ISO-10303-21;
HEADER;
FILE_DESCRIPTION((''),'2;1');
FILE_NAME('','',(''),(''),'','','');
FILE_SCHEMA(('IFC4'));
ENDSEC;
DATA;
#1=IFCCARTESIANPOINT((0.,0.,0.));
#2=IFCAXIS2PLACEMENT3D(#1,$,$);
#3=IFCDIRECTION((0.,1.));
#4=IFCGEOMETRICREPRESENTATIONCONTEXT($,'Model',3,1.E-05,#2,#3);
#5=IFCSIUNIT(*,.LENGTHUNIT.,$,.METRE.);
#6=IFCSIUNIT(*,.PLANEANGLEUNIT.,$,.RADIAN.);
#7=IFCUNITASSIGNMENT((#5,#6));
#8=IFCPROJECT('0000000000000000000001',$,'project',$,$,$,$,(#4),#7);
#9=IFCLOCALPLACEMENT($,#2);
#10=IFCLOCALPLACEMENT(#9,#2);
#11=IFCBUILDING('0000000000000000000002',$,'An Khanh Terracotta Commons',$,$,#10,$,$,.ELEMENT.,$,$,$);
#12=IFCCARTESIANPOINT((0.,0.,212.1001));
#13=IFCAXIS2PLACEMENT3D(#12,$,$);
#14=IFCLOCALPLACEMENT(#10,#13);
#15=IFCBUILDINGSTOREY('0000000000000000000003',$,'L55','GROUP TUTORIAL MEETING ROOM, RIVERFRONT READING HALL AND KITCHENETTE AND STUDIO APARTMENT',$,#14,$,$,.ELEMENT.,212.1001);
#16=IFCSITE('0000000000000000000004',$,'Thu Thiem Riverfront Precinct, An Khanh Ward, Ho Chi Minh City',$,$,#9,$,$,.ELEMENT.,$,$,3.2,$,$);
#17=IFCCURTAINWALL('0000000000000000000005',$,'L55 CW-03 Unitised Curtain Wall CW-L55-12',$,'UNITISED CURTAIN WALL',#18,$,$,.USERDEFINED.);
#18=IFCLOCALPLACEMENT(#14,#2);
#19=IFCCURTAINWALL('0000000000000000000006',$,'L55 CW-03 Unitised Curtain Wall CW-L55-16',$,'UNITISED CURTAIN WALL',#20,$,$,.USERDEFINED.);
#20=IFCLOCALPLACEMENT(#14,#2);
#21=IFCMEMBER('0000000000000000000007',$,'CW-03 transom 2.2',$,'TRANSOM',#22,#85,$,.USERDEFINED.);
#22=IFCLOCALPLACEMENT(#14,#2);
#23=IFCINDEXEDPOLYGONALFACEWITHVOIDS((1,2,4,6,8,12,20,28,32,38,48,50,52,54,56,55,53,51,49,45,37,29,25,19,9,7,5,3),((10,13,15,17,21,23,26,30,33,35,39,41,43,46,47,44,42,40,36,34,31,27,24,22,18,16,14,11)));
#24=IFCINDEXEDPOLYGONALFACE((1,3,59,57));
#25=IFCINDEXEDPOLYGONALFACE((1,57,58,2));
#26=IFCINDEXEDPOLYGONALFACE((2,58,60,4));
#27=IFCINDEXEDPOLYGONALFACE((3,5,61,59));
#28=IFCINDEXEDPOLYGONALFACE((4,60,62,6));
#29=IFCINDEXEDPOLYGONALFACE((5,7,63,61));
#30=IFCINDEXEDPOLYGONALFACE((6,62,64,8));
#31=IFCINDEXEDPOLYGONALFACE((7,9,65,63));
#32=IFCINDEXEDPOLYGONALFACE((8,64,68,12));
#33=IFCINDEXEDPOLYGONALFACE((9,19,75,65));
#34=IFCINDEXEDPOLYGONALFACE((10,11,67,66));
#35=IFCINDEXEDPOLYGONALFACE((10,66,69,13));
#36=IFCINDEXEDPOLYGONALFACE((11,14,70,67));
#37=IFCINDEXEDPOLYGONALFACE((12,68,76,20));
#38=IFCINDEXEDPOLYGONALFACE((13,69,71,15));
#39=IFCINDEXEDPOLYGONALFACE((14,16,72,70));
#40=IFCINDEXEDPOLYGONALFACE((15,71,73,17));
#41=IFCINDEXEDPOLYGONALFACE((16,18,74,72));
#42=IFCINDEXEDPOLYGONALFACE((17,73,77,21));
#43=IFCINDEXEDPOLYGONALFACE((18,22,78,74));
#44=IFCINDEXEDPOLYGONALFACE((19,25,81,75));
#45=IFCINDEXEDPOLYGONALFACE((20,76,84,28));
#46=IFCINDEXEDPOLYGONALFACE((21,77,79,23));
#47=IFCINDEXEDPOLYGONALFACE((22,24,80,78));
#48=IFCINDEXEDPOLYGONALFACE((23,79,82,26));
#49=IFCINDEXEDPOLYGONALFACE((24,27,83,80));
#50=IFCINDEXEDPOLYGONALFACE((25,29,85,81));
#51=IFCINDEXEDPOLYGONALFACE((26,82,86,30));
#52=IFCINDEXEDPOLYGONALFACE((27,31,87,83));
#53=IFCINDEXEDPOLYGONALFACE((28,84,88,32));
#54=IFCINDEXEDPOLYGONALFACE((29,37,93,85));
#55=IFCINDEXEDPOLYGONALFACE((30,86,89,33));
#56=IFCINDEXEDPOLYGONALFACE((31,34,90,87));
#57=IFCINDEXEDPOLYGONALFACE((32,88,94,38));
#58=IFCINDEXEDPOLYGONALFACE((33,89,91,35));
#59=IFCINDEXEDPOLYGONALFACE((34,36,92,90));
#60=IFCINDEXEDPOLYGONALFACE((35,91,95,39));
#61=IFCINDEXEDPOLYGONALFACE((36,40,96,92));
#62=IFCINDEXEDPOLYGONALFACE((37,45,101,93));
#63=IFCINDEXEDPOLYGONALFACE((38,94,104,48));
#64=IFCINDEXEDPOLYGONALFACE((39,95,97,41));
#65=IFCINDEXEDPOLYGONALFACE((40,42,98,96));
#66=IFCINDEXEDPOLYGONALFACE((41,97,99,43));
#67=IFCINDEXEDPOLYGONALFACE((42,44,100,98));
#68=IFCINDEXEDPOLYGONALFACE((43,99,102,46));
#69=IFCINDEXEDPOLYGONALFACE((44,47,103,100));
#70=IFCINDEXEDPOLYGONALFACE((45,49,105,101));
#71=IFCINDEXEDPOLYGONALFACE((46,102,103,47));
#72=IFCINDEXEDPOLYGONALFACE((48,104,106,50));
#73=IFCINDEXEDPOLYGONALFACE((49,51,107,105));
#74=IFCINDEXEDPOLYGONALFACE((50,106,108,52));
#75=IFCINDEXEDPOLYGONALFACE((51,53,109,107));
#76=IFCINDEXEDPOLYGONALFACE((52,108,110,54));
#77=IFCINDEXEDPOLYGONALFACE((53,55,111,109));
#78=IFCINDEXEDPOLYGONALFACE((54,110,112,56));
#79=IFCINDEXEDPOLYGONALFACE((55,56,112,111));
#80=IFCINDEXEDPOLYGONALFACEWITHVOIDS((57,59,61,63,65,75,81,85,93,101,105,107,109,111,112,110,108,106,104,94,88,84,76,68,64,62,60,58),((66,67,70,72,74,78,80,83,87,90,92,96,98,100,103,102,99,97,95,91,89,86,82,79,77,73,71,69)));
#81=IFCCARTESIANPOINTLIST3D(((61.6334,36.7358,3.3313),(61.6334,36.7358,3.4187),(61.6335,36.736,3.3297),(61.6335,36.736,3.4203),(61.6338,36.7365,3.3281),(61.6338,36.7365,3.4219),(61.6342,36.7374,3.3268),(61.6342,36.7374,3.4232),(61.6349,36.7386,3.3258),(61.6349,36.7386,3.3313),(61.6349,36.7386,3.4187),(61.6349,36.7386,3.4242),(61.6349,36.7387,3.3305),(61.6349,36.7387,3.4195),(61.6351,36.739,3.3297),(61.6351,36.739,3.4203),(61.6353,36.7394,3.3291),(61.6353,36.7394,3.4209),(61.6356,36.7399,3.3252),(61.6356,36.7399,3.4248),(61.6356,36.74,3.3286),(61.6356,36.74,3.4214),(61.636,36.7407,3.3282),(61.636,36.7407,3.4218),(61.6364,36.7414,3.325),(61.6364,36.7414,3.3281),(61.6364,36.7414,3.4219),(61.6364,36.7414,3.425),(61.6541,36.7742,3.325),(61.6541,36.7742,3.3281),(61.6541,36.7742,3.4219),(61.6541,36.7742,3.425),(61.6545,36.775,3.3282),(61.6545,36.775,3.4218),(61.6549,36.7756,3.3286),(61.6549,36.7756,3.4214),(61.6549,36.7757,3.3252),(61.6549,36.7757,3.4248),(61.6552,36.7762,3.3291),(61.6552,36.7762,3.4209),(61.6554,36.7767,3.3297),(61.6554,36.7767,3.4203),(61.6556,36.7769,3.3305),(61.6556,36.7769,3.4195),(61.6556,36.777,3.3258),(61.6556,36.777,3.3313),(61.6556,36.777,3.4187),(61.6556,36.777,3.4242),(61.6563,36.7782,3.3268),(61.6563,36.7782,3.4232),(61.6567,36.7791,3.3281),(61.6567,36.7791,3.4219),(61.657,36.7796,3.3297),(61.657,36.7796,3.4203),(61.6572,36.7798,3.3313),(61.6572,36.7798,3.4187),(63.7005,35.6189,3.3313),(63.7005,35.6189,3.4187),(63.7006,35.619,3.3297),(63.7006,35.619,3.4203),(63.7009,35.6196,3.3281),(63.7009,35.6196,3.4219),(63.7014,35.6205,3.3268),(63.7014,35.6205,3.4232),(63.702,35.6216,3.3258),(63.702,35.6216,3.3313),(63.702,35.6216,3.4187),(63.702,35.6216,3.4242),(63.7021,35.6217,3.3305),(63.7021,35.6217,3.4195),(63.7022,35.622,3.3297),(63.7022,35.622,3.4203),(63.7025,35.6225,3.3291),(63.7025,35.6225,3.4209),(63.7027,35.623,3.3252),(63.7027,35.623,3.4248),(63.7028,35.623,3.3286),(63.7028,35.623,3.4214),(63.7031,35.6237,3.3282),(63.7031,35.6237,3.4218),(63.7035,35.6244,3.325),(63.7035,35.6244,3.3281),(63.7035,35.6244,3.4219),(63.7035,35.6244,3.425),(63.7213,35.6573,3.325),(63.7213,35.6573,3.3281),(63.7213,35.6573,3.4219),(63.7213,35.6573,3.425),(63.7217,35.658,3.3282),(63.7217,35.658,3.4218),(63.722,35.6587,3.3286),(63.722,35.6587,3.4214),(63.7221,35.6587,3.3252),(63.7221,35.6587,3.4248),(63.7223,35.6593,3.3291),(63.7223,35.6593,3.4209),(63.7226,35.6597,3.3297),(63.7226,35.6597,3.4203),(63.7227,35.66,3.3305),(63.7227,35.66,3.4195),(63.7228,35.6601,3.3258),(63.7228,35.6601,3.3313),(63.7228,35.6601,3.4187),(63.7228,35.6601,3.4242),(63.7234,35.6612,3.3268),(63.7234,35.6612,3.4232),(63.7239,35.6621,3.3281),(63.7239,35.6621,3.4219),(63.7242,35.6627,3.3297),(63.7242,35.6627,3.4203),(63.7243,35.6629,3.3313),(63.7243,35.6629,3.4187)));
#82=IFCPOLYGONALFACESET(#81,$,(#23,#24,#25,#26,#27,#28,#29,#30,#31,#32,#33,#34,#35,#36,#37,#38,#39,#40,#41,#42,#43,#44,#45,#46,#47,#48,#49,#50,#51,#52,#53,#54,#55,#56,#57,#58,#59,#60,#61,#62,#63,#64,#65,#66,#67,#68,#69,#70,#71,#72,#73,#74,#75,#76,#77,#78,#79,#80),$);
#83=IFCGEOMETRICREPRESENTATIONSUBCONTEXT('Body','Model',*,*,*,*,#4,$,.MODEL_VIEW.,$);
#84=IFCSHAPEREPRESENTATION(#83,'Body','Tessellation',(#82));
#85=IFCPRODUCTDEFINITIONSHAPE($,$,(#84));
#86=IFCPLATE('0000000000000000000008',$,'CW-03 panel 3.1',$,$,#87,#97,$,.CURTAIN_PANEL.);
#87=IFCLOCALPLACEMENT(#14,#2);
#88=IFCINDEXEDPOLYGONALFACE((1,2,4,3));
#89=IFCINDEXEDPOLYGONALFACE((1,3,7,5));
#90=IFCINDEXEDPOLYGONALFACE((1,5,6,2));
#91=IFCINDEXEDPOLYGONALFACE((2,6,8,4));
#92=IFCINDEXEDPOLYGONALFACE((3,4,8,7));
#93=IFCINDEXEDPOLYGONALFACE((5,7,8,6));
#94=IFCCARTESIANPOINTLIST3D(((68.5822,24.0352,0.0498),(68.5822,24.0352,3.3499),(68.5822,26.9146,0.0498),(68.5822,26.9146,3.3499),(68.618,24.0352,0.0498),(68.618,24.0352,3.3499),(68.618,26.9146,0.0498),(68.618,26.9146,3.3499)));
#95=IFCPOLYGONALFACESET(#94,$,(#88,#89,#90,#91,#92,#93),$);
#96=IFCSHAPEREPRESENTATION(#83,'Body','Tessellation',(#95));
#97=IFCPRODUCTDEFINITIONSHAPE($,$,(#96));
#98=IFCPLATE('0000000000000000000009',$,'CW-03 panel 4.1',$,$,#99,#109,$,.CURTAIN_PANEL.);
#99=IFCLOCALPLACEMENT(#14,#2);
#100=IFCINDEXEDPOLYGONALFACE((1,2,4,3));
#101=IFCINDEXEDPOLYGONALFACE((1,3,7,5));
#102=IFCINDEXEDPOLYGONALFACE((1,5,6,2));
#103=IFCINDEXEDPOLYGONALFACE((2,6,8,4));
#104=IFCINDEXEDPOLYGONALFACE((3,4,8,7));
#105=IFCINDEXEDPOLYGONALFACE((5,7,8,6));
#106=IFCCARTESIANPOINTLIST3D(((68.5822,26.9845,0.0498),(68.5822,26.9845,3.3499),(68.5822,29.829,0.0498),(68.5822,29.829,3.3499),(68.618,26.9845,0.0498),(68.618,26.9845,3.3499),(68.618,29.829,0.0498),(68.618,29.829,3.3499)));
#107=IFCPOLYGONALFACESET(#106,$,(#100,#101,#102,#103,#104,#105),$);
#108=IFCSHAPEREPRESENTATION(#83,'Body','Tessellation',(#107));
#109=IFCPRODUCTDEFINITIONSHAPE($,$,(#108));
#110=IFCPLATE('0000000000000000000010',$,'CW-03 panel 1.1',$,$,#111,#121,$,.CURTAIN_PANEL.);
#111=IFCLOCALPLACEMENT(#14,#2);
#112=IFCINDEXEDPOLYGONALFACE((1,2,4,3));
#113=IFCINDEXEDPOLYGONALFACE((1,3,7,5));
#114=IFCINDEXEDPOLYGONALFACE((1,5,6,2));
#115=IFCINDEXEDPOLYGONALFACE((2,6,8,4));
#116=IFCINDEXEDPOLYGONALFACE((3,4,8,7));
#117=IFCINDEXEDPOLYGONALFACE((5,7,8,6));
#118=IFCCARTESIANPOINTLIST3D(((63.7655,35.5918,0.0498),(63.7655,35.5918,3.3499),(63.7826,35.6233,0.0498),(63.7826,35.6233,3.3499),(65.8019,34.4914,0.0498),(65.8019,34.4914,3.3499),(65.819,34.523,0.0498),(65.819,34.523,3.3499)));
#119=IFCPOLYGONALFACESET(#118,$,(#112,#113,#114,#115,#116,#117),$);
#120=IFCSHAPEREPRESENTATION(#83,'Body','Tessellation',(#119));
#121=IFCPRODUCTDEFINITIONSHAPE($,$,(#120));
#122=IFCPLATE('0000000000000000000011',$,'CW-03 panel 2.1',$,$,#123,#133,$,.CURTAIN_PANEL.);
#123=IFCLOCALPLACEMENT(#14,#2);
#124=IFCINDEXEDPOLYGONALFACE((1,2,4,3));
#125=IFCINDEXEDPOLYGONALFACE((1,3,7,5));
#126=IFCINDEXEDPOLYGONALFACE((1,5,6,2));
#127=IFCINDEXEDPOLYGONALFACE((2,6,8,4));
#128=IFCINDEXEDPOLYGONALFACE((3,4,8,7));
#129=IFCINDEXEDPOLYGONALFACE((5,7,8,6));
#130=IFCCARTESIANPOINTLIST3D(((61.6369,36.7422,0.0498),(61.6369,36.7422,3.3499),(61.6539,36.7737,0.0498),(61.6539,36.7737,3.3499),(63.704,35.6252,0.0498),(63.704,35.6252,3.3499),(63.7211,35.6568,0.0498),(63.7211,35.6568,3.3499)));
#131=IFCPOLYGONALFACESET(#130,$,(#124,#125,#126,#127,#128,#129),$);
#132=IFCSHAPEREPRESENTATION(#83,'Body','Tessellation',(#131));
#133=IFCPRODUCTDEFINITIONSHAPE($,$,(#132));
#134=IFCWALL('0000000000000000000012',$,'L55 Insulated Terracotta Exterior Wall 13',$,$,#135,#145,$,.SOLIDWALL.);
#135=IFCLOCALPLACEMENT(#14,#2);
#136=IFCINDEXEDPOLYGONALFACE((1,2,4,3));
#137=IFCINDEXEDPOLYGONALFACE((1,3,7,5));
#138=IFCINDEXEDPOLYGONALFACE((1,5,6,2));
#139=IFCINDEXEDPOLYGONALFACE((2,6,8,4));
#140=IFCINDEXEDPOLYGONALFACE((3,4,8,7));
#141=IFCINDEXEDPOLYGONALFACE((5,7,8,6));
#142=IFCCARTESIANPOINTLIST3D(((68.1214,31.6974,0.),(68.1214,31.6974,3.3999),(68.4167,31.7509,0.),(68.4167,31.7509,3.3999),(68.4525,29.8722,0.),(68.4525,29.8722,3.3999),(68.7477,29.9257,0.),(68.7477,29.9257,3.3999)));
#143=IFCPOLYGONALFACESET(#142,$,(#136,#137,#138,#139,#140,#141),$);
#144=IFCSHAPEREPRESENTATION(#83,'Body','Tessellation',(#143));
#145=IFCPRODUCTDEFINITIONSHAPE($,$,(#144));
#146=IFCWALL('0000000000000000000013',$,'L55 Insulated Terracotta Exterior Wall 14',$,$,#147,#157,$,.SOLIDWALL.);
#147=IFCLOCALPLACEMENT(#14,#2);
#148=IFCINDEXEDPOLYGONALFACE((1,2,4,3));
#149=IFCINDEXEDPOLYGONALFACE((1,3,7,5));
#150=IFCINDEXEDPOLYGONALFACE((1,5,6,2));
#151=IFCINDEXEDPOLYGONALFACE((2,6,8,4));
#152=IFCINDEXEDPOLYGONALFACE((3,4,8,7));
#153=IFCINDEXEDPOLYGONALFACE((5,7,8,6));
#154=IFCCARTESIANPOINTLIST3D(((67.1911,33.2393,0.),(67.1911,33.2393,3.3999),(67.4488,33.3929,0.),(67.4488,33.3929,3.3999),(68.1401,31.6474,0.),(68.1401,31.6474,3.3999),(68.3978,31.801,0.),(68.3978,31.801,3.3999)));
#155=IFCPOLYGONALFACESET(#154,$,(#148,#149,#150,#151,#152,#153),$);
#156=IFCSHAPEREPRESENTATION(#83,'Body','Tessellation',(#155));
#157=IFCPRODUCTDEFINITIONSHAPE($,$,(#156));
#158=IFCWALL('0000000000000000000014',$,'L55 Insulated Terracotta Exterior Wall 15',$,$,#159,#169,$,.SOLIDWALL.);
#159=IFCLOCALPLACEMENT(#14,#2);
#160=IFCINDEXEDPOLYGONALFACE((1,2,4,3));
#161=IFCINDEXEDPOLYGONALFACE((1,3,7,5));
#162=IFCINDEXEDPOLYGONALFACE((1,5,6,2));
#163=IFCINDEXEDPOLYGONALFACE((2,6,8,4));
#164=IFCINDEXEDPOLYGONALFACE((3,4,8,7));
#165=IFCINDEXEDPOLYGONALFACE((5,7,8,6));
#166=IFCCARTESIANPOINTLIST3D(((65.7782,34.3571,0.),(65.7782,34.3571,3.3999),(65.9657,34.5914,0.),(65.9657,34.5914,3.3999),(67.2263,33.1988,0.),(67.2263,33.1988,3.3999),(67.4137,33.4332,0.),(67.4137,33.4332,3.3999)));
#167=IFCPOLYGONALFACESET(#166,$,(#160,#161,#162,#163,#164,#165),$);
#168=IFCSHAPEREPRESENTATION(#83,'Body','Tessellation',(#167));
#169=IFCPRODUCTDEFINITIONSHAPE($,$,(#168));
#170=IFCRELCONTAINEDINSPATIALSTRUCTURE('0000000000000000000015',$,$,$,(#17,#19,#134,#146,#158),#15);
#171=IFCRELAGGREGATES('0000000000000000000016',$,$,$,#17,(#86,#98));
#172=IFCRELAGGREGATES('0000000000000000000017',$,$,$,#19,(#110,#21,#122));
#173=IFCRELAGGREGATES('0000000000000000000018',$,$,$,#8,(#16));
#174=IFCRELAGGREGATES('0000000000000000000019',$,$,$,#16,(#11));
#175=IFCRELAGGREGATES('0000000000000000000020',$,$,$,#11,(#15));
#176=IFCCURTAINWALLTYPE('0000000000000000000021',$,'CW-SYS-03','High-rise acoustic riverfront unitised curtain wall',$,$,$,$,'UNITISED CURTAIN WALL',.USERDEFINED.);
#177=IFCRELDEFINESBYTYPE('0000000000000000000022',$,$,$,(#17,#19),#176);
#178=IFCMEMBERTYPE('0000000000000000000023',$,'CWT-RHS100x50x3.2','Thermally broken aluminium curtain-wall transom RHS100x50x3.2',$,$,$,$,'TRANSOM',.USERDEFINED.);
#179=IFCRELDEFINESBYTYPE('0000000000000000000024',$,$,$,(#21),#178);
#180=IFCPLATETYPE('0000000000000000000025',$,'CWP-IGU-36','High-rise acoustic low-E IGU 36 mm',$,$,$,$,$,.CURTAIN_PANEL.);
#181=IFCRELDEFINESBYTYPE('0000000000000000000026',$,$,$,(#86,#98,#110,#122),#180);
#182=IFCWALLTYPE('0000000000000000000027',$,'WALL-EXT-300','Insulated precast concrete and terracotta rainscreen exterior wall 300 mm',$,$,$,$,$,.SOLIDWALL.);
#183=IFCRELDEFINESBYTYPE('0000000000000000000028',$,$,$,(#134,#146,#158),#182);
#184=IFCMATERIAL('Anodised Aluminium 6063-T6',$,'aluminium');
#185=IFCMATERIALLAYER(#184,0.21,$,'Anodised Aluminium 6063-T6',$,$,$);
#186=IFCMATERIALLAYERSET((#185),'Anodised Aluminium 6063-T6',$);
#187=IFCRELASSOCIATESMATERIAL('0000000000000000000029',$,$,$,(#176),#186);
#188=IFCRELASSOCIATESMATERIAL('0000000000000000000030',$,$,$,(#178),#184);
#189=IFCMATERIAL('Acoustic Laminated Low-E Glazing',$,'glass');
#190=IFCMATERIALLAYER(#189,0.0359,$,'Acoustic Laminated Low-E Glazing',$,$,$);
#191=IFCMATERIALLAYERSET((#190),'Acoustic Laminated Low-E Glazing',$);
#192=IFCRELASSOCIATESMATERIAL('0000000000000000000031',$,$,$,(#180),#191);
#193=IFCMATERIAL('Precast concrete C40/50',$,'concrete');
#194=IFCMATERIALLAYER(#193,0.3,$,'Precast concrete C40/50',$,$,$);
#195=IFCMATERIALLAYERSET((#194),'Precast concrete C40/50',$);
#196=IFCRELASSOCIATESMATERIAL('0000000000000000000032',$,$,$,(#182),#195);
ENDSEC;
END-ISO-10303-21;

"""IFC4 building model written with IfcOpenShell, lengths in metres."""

from ifc_helpers import new_model, si_unit, direction, frame, frame_2d, origin, origin_2d, place, context, subcontext, project, spatial, rectangle, hollow_rectangle, extrude, material, layer, layer_set, material_profile, profile_set, type_object, element, aggregate, save


model = new_model("IFC4")

# Units and contexts
model_context = context("Model", 3, precision=1e-05, world=origin(), true_north=direction((0.0, 1.0)))
body_context = subcontext(model_context, "Body", "Model", "MODEL_VIEW")
ifc_project = project(units=[si_unit("LENGTHUNIT", "METRE"), si_unit("PLANEANGLEUNIT", "RADIAN")], contexts=[model_context])

# Site, building, storey
site_placement = place(None, origin())
site = spatial("IfcSite", under=ifc_project, at=site_placement, Name="Thu Thiem Riverfront Precinct, An Khanh Ward, Ho Chi Minh City", CompositionType="ELEMENT", RefElevation=3.2)
building_placement = place(site_placement, origin())
building = spatial("IfcBuilding", under=site, at=building_placement, Name="An Khanh Terracotta Commons", CompositionType="ELEMENT")
storey_placement = place(building_placement, frame((0.0, 0.0, 212.1001)))
storey = spatial("IfcBuildingStorey", under=building, at=storey_placement, Name="L55", Description="GROUP TUTORIAL MEETING ROOM, RIVERFRONT READING HALL AND KITCHENETTE AND STUDIO APARTMENT", CompositionType="ELEMENT", Elevation=212.1001)

# Curtain walls
ifc_material_1 = material(Name="Anodised Aluminium 6063-T6", Category="aluminium")
ifc_layer_1 = layer(ifc_material_1, 0.21, Name="Anodised Aluminium 6063-T6")
ifc_layer_set_1 = layer_set([ifc_layer_1], Name="Anodised Aluminium 6063-T6")
curtain_wall_type = type_object("IfcCurtainWallType", Name="CW-SYS-03", Description="High-rise acoustic riverfront unitised curtain wall", ElementType="UNITISED CURTAIN WALL", PredefinedType="USERDEFINED", material=ifc_layer_set_1)
curtain_wall_1_placement = place(storey_placement, origin())
curtain_wall_1 = element("IfcCurtainWall", 1, at=curtain_wall_1_placement, inside=storey, type_object=curtain_wall_type, Name="L55 CW-03 Unitised Curtain Wall CW-L55-12", ObjectType="UNITISED CURTAIN WALL", PredefinedType="USERDEFINED")
curtain_wall_2_placement = place(storey_placement, origin())
curtain_wall_2 = element("IfcCurtainWall", 2, at=curtain_wall_2_placement, inside=storey, type_object=curtain_wall_type, Name="L55 CW-03 Unitised Curtain Wall CW-L55-16", ObjectType="UNITISED CURTAIN WALL", PredefinedType="USERDEFINED")

# Member
ifc_material_profile_1 = material_profile(ifc_material_1, hollow_rectangle(XDim=0.05, YDim=0.1001, WallThickness=0.0032, InnerFilletRadius=0.0032, OuterFilletRadius=0.0063, at=origin_2d()), Name="RHS100x50x3.2")
ifc_profile_set_1 = profile_set([ifc_material_profile_1], Name="Anodised Aluminium 6063-T6")
member_type_1 = type_object("IfcMemberType", Name="CWT-RHS100x50x3.2", Description="Thermally broken aluminium curtain-wall transom RHS100x50x3.2", ElementType="TRANSOM", PredefinedType="USERDEFINED", material=ifc_profile_set_1)
member_1_placement = place(storey_placement, frame((63.7124, 35.6409, 3.375), z_axis=(-0.879783, 0.475376, 0.0), x_axis=(-0.475376, -0.879783, 0.0)))
member_1 = element("IfcMember", 3, at=member_1_placement, type_object=member_type_1, Name="CW-03 transom 2.2", ObjectType="TRANSOM", PredefinedType="USERDEFINED", context=body_context, shape_type="SweptSolid", body=[
    extrude(hollow_rectangle(XDim=0.05, YDim=0.1001, WallThickness=0.0032, InnerFilletRadius=0.0032, OuterFilletRadius=0.0063, at=origin_2d()), origin(), (0.0, 0.0, 1.0), 2.3496),
])

# Plates
ifc_material_2 = material(Name="Acoustic Laminated Low-E Glazing", Category="glass")
ifc_layer_2 = layer(ifc_material_2, 0.0359, Name="Acoustic Laminated Low-E Glazing")
ifc_layer_set_2 = layer_set([ifc_layer_2], Name="Acoustic Laminated Low-E Glazing")
plate_type = type_object("IfcPlateType", Name="CWP-IGU-36", Description="High-rise acoustic low-E IGU 36 mm", PredefinedType="CURTAIN_PANEL", material=ifc_layer_set_2)
plate_1_placement = place(storey_placement, frame((68.6001, 25.4749, 0.0498), z_axis=(0.0, 0.0, 1.0), x_axis=(0.0, 1.0, 0.0)))
plate_1 = element("IfcPlate", 4, at=plate_1_placement, type_object=plate_type, Name="CW-03 panel 3.1", PredefinedType="CURTAIN_PANEL", context=body_context, shape_type="SweptSolid", body=[
    extrude(rectangle(XDim=2.8794, YDim=0.0359, at=origin_2d()), origin(), (0.0, 0.0, 1.0), 3.3),
])
plate_2_placement = place(storey_placement, frame((68.6001, 28.4067, 0.0498), z_axis=(0.0, 0.0, 1.0), x_axis=(0.0, 1.0, 0.0)))
plate_2 = element("IfcPlate", 5, at=plate_2_placement, type_object=plate_type, Name="CW-03 panel 4.1", PredefinedType="CURTAIN_PANEL", context=body_context, shape_type="SweptSolid", body=[
    extrude(rectangle(XDim=2.8445, YDim=0.0359, at=origin_2d()), origin(), (0.0, 0.0, 1.0), 3.3),
])
aggregate(curtain_wall_1, [plate_1, plate_2])
plate_3_placement = place(storey_placement, frame((64.7922, 35.0574, 0.0498), z_axis=(0.0, 0.0, 1.0), x_axis=(-0.87978, 0.475381, 0.0)))
plate_3 = element("IfcPlate", 6, at=plate_3_placement, type_object=plate_type, Name="CW-03 panel 1.1", PredefinedType="CURTAIN_PANEL", context=body_context, shape_type="SweptSolid", body=[
    extrude(rectangle(XDim=2.3147, YDim=0.0359, at=origin_2d()), origin(), (0.0, 0.0, 1.0), 3.3),
])
plate_4_placement = place(storey_placement, frame((62.679, 36.1995, 0.0498), z_axis=(0.0, 0.0, 1.0), x_axis=(-0.87978, 0.475381, 0.0)))
plate_4 = element("IfcPlate", 7, at=plate_4_placement, type_object=plate_type, Name="CW-03 panel 2.1", PredefinedType="CURTAIN_PANEL", context=body_context, shape_type="SweptSolid", body=[
    extrude(rectangle(XDim=2.3496, YDim=0.0359, at=origin_2d()), origin(), (0.0, 0.0, 1.0), 3.3),
])
aggregate(curtain_wall_2, [plate_3, member_1, plate_4])

# Walls
ifc_material_3 = material(Name="Precast concrete C40/50", Category="concrete")
ifc_layer_3 = layer(ifc_material_3, 0.3, Name="Precast concrete C40/50")
ifc_layer_set_3 = layer_set([ifc_layer_3], Name="Precast concrete C40/50")
wall_type_1 = type_object("IfcWallType", Name="WALL-EXT-300", Description="Insulated precast concrete and terracotta rainscreen exterior wall 300 mm", PredefinedType="SOLIDWALL", material=ifc_layer_set_3)
wall_1_placement = place(storey_placement, frame((68.6001, 29.8989, 0.0), z_axis=(0.0, 0.0, 1.0), x_axis=(-0.178468, 0.983946, 0.0)))
element("IfcWall", 8, at=wall_1_placement, inside=storey, type_object=wall_type_1, Name="L55 Insulated Terracotta Exterior Wall 13", PredefinedType="SOLIDWALL", context=body_context, shape_type="SweptSolid", body=[
    extrude(rectangle(XDim=1.855, YDim=0.3, at=frame_2d((0.9275, 0.0))), origin(), (0.0, 0.0, 1.0), 3.3999),
])
wall_2_placement = place(storey_placement, frame((68.269, 31.7241, 0.0), z_axis=(0.0, 0.0, 1.0), x_axis=(-0.512072, 0.858943, 0.0)))
element("IfcWall", 9, at=wall_2_placement, inside=storey, type_object=wall_type_1, Name="L55 Insulated Terracotta Exterior Wall 14", PredefinedType="SOLIDWALL", context=body_context, shape_type="SweptSolid", body=[
    extrude(rectangle(XDim=1.8533, YDim=0.3, at=frame_2d((0.9268, 0.0))), origin(), (0.0, 0.0, 1.0), 3.3999),
])
wall_3_placement = place(storey_placement, frame((67.3201, 33.3159, 0.0), z_axis=(0.0, 0.0, 1.0), x_axis=(-0.78092, 0.624631, 0.0)))
element("IfcWall", 10, at=wall_3_placement, inside=storey, type_object=wall_type_1, Name="L55 Insulated Terracotta Exterior Wall 15", PredefinedType="SOLIDWALL", context=body_context, shape_type="SweptSolid", body=[
    extrude(rectangle(XDim=1.8542, YDim=0.3, at=frame_2d((0.9272, 0.0))), origin(), (0.0, 0.0, 1.0), 3.3999),
])

save(model, "model.ifc")
